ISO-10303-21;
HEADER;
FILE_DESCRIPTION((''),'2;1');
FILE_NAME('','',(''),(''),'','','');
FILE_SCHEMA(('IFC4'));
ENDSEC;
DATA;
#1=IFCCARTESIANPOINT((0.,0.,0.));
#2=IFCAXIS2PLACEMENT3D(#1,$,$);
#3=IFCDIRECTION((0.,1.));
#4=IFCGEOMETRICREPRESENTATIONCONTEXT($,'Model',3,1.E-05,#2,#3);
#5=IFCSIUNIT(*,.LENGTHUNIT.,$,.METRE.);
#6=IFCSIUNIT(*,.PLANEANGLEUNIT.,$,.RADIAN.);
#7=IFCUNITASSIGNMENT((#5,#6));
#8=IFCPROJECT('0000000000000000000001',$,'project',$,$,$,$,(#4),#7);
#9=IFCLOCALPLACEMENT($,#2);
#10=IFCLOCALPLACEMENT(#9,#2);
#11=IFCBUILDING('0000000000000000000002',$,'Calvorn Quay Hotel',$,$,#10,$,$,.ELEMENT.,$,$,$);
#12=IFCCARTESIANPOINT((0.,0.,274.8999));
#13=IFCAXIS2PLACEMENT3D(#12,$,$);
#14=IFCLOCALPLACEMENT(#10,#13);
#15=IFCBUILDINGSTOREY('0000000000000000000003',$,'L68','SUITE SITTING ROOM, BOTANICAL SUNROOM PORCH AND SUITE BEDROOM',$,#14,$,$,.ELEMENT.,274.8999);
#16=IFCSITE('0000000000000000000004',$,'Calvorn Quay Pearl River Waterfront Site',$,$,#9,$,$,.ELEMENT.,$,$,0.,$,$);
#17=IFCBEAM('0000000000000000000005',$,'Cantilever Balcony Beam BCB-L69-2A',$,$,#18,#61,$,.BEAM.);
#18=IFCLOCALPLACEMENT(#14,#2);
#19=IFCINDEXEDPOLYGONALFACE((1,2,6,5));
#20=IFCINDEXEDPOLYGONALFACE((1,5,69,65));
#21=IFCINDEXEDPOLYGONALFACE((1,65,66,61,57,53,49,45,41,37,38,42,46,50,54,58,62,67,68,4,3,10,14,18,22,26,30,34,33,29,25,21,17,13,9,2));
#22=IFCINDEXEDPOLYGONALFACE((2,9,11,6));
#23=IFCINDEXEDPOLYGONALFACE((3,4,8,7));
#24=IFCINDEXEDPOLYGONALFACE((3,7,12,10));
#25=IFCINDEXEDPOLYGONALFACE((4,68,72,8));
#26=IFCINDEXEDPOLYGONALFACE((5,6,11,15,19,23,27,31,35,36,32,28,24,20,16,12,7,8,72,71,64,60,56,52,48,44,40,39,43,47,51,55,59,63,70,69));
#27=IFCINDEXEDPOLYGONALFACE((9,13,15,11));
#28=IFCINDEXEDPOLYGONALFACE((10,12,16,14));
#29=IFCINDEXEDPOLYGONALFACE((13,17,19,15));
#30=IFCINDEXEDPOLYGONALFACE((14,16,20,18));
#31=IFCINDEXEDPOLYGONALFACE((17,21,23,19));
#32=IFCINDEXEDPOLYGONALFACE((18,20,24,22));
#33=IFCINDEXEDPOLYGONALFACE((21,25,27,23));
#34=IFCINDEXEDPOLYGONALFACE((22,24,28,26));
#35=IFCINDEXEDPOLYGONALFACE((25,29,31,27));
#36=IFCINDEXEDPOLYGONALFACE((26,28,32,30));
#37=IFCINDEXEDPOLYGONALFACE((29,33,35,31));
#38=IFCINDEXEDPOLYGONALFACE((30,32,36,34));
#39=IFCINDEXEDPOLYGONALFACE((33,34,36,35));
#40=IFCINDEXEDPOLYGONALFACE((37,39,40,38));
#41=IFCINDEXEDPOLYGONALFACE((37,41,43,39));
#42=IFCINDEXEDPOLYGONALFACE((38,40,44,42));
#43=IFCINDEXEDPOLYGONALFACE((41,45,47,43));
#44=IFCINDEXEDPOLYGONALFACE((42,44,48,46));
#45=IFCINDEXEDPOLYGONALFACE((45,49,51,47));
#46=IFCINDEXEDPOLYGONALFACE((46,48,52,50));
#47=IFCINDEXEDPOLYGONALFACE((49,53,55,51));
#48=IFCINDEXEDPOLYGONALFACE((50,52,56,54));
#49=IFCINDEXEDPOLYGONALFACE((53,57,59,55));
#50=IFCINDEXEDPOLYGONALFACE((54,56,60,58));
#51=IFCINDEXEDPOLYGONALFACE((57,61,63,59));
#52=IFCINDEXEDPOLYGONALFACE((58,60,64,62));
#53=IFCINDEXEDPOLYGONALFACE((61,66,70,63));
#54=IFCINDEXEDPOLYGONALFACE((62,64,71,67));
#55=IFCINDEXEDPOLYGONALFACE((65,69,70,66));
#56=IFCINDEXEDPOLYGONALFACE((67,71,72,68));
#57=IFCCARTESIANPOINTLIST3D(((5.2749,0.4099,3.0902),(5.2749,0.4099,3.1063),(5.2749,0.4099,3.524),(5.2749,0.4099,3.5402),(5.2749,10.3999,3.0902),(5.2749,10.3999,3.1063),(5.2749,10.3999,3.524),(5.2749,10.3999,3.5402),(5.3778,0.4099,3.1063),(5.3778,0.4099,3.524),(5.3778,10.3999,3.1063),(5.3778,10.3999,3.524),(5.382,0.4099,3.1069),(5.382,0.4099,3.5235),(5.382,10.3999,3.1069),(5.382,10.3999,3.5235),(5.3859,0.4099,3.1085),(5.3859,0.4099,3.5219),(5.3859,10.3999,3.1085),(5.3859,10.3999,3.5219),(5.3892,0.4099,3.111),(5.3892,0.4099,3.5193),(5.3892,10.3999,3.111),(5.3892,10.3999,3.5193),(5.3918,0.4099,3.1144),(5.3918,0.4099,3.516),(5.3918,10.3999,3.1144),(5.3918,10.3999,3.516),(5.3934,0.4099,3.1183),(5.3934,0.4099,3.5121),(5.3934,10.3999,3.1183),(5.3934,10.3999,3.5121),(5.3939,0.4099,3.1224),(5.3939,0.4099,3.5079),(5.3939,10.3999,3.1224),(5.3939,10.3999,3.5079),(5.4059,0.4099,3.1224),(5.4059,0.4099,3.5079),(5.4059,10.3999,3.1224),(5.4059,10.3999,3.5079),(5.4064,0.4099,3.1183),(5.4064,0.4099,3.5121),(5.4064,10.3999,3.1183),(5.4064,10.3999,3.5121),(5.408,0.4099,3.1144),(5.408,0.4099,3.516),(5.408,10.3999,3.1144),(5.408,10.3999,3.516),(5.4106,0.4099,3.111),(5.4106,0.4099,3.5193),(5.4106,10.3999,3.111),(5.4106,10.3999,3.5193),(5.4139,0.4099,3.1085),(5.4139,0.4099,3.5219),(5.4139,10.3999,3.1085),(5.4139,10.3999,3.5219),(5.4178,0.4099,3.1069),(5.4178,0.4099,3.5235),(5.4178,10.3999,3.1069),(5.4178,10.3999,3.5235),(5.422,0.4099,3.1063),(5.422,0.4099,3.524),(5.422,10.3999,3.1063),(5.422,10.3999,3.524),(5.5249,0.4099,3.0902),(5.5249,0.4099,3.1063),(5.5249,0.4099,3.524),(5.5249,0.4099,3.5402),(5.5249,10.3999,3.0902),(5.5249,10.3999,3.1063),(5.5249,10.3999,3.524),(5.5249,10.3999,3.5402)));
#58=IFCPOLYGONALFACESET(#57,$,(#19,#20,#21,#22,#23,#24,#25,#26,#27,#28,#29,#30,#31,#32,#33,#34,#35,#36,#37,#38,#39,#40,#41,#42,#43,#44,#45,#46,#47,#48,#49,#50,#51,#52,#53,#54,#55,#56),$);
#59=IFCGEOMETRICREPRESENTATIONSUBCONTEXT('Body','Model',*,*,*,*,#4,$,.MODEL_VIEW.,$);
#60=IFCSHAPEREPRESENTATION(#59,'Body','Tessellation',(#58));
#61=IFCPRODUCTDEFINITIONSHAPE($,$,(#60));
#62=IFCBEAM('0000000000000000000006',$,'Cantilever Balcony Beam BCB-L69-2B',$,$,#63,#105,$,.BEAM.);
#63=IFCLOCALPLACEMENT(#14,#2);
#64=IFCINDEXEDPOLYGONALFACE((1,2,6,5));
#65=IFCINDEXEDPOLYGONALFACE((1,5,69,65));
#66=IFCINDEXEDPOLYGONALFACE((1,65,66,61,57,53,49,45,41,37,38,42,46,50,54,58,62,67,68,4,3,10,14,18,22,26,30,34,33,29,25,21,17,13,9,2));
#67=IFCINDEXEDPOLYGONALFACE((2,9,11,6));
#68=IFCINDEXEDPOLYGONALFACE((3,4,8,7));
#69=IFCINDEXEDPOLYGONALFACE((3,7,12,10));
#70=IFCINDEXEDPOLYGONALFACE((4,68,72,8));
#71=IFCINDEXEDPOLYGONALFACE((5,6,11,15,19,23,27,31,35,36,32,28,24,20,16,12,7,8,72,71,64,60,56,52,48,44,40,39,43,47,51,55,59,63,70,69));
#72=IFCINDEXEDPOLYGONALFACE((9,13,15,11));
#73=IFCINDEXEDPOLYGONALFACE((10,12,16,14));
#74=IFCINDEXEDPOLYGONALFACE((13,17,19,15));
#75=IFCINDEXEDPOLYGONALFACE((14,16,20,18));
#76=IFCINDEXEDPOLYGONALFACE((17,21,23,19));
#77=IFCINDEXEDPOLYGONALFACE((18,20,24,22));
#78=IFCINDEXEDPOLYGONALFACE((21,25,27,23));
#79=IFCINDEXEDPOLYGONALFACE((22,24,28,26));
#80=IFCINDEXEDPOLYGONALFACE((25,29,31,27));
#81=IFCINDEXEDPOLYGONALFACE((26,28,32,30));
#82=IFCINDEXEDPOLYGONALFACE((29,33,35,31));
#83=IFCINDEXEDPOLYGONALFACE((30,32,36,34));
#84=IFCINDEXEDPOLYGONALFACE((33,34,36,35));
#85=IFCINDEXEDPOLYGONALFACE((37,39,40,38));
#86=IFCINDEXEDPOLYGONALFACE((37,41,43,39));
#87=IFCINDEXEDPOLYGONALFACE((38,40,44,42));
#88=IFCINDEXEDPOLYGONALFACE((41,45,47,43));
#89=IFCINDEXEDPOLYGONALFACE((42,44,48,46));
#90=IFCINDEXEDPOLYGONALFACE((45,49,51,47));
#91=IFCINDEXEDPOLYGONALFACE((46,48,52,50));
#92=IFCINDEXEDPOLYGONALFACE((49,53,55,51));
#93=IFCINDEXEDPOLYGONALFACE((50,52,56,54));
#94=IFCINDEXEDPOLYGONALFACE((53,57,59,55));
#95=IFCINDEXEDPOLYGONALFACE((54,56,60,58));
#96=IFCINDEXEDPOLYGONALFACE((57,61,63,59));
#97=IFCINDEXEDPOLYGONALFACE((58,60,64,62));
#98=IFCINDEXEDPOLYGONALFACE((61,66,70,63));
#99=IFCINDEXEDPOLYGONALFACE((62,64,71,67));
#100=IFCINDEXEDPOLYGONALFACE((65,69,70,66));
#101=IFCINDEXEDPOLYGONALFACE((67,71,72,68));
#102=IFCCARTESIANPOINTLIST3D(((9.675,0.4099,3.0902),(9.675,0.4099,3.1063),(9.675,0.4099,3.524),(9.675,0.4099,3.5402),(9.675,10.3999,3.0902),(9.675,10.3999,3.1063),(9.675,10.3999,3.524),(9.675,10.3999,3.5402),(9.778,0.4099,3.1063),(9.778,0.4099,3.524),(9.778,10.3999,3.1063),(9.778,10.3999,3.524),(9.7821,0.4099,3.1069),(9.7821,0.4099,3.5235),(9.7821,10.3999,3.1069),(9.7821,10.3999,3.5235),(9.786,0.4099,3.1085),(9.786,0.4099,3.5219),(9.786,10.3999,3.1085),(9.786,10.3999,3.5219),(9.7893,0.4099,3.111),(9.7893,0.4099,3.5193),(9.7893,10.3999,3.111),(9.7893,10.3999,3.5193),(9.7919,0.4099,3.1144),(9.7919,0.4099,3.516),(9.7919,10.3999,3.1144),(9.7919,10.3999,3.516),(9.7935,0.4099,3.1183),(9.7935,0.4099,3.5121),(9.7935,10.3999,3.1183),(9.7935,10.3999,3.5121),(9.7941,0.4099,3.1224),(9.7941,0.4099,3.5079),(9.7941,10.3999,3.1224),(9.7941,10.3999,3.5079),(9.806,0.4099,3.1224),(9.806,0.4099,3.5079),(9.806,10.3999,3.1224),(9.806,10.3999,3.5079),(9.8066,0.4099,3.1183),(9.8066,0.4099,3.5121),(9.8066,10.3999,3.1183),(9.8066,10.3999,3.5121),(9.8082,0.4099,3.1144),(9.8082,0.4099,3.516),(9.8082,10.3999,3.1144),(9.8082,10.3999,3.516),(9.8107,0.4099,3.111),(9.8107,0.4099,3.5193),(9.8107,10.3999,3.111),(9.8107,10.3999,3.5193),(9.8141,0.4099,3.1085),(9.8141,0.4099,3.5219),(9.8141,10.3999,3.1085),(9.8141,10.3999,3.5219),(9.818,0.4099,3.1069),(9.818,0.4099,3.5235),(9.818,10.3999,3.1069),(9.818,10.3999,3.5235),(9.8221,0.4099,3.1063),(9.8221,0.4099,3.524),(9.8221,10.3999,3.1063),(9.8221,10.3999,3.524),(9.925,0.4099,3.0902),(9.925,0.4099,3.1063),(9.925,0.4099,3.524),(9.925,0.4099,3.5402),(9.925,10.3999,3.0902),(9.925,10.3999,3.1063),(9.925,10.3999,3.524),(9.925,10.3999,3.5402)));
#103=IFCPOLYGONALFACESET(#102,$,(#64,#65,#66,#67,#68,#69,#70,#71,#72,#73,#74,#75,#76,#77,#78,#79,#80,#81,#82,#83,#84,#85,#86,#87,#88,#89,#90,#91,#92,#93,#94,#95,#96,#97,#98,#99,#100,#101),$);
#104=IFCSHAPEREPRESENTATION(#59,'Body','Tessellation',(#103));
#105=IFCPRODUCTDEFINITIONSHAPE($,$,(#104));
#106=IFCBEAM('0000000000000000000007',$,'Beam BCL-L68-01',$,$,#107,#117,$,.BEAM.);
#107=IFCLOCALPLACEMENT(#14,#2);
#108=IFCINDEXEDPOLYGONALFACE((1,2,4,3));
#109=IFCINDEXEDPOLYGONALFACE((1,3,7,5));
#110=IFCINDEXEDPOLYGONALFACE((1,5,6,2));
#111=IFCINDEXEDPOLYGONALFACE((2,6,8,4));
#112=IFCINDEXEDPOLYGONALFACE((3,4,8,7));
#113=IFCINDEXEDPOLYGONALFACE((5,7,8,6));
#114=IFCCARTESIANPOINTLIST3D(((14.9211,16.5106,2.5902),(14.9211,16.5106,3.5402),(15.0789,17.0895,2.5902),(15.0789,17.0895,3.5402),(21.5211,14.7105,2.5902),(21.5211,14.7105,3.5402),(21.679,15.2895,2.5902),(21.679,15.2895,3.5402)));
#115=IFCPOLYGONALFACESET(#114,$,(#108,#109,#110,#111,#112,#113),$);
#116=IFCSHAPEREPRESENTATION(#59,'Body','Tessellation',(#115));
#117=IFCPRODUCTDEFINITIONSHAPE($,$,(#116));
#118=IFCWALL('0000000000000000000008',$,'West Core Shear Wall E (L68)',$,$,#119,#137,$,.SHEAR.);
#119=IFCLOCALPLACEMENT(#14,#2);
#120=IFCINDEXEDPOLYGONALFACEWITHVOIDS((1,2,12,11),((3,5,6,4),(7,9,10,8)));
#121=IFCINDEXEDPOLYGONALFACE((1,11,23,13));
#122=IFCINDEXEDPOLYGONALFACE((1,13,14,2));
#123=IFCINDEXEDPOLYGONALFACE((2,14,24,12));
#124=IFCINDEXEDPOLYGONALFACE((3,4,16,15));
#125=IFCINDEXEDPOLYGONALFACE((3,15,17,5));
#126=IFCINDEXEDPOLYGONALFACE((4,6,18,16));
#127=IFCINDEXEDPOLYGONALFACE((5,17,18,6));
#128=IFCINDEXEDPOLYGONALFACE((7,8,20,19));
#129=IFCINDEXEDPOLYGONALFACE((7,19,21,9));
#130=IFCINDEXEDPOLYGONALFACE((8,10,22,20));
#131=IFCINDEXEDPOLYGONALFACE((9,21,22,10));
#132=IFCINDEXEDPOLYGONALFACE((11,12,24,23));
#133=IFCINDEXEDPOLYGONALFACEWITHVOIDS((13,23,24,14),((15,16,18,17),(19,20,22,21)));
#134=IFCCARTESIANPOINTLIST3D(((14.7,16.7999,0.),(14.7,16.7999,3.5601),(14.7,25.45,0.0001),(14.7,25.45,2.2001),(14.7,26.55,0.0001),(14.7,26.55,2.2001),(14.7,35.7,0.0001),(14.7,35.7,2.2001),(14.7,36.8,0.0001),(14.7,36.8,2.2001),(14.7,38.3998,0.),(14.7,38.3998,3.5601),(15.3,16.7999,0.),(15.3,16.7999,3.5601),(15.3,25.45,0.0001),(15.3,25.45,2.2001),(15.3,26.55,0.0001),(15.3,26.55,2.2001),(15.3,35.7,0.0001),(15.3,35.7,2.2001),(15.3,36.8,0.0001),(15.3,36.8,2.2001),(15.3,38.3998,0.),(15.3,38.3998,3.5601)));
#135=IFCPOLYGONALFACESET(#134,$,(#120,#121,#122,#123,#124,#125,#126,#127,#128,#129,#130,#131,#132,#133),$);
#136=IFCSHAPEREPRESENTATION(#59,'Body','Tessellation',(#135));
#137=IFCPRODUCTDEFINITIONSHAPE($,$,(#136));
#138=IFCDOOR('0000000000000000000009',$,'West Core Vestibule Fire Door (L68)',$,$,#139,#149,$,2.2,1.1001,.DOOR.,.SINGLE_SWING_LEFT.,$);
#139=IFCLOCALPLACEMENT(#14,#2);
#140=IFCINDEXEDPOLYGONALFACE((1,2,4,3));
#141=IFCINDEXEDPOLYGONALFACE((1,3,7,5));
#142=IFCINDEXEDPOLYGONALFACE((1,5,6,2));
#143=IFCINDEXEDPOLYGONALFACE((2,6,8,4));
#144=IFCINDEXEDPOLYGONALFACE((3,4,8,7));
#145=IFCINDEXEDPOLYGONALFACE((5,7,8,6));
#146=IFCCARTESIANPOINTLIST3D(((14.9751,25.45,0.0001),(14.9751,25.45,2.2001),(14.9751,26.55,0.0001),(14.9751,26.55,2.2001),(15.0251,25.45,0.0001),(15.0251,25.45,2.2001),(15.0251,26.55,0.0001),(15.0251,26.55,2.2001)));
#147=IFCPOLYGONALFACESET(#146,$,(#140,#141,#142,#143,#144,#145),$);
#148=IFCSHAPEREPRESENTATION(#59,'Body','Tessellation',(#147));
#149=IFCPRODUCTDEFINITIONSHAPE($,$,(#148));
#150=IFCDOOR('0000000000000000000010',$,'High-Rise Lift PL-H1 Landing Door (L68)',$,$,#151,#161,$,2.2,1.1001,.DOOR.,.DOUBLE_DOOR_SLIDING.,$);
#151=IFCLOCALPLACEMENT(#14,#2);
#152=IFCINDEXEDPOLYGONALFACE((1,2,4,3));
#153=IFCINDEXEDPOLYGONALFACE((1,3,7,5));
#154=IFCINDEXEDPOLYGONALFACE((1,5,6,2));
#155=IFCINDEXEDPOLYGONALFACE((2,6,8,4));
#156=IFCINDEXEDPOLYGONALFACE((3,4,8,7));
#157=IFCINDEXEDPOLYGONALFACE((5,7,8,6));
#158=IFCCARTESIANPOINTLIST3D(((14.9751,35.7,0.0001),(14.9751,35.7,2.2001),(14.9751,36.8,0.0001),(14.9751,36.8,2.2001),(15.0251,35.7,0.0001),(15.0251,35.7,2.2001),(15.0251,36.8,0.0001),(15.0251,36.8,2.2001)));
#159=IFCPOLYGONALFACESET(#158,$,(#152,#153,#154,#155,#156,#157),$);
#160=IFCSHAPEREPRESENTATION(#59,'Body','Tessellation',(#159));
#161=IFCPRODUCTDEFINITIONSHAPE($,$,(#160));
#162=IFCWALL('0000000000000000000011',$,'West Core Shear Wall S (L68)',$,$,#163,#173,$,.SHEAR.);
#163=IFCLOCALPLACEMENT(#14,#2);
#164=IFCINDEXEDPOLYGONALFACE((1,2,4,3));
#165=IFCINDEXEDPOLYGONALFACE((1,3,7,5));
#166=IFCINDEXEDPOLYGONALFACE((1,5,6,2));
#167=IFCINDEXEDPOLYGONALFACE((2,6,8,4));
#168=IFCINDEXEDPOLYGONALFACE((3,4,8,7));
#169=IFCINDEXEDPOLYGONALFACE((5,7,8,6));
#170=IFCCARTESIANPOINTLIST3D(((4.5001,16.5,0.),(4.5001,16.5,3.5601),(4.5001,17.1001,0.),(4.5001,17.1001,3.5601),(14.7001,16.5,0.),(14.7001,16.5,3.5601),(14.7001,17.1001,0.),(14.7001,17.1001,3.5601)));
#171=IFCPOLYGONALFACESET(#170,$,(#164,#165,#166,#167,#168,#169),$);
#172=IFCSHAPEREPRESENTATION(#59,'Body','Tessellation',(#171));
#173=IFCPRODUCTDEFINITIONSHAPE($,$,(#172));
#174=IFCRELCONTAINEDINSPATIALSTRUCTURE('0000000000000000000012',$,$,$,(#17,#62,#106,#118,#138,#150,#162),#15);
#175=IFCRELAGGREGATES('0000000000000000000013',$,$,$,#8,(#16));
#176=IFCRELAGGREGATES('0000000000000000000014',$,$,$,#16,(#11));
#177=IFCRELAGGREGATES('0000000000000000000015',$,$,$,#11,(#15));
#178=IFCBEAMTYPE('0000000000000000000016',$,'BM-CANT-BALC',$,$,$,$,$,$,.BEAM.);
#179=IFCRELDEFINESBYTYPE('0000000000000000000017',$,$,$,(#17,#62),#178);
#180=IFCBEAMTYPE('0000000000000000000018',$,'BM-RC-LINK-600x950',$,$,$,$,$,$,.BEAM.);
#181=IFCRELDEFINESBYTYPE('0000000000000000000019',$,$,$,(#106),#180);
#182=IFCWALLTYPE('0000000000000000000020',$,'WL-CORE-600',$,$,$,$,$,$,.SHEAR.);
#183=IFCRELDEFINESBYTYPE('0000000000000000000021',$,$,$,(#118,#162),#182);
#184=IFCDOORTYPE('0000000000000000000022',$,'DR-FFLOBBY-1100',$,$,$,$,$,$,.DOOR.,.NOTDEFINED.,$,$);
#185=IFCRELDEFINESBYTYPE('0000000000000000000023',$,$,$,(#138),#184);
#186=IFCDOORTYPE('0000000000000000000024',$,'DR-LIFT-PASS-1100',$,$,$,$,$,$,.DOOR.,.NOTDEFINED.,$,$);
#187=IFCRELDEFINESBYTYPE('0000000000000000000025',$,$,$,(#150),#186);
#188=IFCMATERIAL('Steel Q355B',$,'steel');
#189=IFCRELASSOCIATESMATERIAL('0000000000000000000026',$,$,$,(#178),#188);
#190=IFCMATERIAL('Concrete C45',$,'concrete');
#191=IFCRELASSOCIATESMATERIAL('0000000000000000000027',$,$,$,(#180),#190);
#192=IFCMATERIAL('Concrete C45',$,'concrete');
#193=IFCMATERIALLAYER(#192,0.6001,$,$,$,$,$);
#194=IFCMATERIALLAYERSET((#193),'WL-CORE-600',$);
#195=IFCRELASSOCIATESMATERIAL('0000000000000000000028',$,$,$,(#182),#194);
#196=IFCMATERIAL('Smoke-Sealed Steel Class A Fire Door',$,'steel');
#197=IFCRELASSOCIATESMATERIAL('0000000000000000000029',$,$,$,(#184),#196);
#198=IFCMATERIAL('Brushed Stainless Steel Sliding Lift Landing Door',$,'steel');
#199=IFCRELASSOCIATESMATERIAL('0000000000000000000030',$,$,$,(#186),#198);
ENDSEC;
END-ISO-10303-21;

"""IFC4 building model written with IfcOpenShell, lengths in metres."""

from ifc_helpers import new_model, si_unit, direction, frame, frame_2d, origin, origin_2d, place, context, subcontext, project, spatial, rectangle, i_section, extrude, material, layer, layer_set, material_profile, profile_set, type_object, element, fill, save


model = new_model("IFC4")

# Units and contexts
model_context = context("Model", 3, precision=1e-05, world=origin(), true_north=direction((0.0, 1.0)))
body_context = subcontext(model_context, "Body", "Model", "MODEL_VIEW")
ifc_project = project(units=[si_unit("LENGTHUNIT", "METRE"), si_unit("PLANEANGLEUNIT", "RADIAN")], contexts=[model_context])

# Site, building, storey
site_placement = place(None, origin())
site = spatial("IfcSite", under=ifc_project, at=site_placement, Name="Calvorn Quay Pearl River Waterfront Site", CompositionType="ELEMENT", RefElevation=0.0)
building_placement = place(site_placement, origin())
building = spatial("IfcBuilding", under=site, at=building_placement, Name="Calvorn Quay Hotel", CompositionType="ELEMENT")
storey_placement = place(building_placement, frame((0.0, 0.0, 274.8999)))
storey = spatial("IfcBuildingStorey", under=building, at=storey_placement, Name="L68", Description="SUITE SITTING ROOM, BOTANICAL SUNROOM PORCH AND SUITE BEDROOM", CompositionType="ELEMENT", Elevation=274.8999)

# Beams
ifc_material_1 = material(Name="Steel Q355B", Category="steel")
ifc_material_profile_1 = material_profile(ifc_material_1, i_section(OverallWidth=0.25, OverallDepth=0.45, WebThickness=0.012, FlangeThickness=0.0161, FilletRadius=0.0161, at=origin_2d()), Name="HN450x250x12x16")
ifc_profile_set_1 = profile_set([ifc_material_profile_1], Name="Steel Q355B")
beam_type_1 = type_object("IfcBeamType", Name="BM-CANT-BALC", PredefinedType="BEAM", material=ifc_profile_set_1)
for number, where, z_axis, x_axis, name in (
    (1, (5.3999, 10.3999, 3.3152), (0.0, -1.0, 0.0), (1.0, 0.0, 0.0), "Cantilever Balcony Beam BCB-L69-2A"),
    (2, (9.8, 10.3999, 3.3152), (0.0, -1.0, 0.0), (1.0, 0.0, 0.0), "Cantilever Balcony Beam BCB-L69-2B"),
):
    element("IfcBeam", number, at=place(storey_placement, frame(where, z_axis=z_axis, x_axis=x_axis)), inside=storey, type_object=beam_type_1, Name=name, PredefinedType="BEAM", context=body_context, shape_type="SweptSolid", body=[
        extrude(i_section(OverallWidth=0.25, OverallDepth=0.45, WebThickness=0.012, FlangeThickness=0.0161, FilletRadius=0.0161, at=origin_2d()), origin(), (0.0, 0.0, 1.0), 9.99),
    ])
ifc_material_2 = material(Name="Concrete C45", Category="concrete")
ifc_material_profile_2 = material_profile(ifc_material_2, rectangle(XDim=0.6001, YDim=0.95, at=origin_2d()), Name="RCB600x950")
ifc_profile_set_2 = profile_set([ifc_material_profile_2], Name="Concrete C45")
beam_type_2 = type_object("IfcBeamType", Name="BM-RC-LINK-600x950", PredefinedType="BEAM", material=ifc_profile_set_2)
beam_placement = place(storey_placement, frame((15.0, 16.8, 3.0652), z_axis=(0.964763, -0.26312, 0.0), x_axis=(0.26312, 0.964763, 0.0)))
element("IfcBeam", 3, at=beam_placement, inside=storey, type_object=beam_type_2, Name="Beam BCL-L68-01", PredefinedType="BEAM", context=body_context, shape_type="SweptSolid", body=[
    extrude(rectangle(XDim=0.6001, YDim=0.95, at=origin_2d()), origin(), (0.0, 0.0, 1.0), 6.8411),
])

# Wall, openings, doors
ifc_material_3 = material(Name="Concrete C45", Category="concrete")
ifc_layer_1 = layer(ifc_material_3, 0.6001)
ifc_layer_set_1 = layer_set([ifc_layer_1], Name="WL-CORE-600")
wall_type_1 = type_object("IfcWallType", Name="WL-CORE-600", PredefinedType="SHEAR", material=ifc_layer_set_1)
wall_1_placement = place(storey_placement, frame((15.0, 16.8, 0.0), z_axis=(0.0, 0.0, 1.0), x_axis=(0.0, 1.0, 0.0)))
wall_1 = element("IfcWall", 4, at=wall_1_placement, inside=storey, type_object=wall_type_1, Name="West Core Shear Wall E (L68)", PredefinedType="SHEAR", context=body_context, shape_type="SweptSolid", body=[
    extrude(rectangle(XDim=21.5999, YDim=0.6001, at=frame_2d((10.7998, 0.0))), origin(), (0.0, 0.0, 1.0), 3.5601),
])
opening_1_placement = place(wall_1_placement, frame((8.6499, 0.0, 0.0)))
opening_1 = element("IfcOpeningElement", 5, at=opening_1_placement, cuts=wall_1, PredefinedType="OPENING", context=body_context, shape_type="SweptSolid", body=[
    extrude(rectangle(XDim=1.1001, YDim=2.2, at=frame_2d((0.55, 1.1001))), frame((0.0, 0.3101, 0.0), z_axis=(0.0, -1.0, 0.0), x_axis=(1.0, 0.0, 0.0)), (0.0, 0.0, 1.0), 0.6201),
])
opening_2_placement = place(wall_1_placement, frame((18.8999, 0.0, 0.0)))
opening_2 = element("IfcOpeningElement", 6, at=opening_2_placement, cuts=wall_1, PredefinedType="OPENING", context=body_context, shape_type="SweptSolid", body=[
    extrude(rectangle(XDim=1.1001, YDim=2.2, at=frame_2d((0.55, 1.1001))), frame((0.0, 0.3101, 0.0), z_axis=(0.0, -1.0, 0.0), x_axis=(1.0, 0.0, 0.0)), (0.0, 0.0, 1.0), 0.6201),
])
ifc_material_4 = material(Name="Smoke-Sealed Steel Class A Fire Door", Category="steel")
door_type_1 = type_object("IfcDoorType", Name="DR-FFLOBBY-1100", OperationType="NOTDEFINED", PredefinedType="DOOR", material=ifc_material_4)
door_1_placement = place(opening_1_placement, origin())
door_1 = element("IfcDoor", 7, at=door_1_placement, inside=storey, type_object=door_type_1, Name="West Core Vestibule Fire Door (L68)", OperationType="SINGLE_SWING_LEFT", OverallHeight=2.2, OverallWidth=1.1001, PredefinedType="DOOR", context=body_context, shape_type="SweptSolid", body=[
    extrude(rectangle(XDim=1.1001, YDim=2.2, at=frame_2d((0.55, 1.1001))), frame((0.0, 0.0249, 0.0), z_axis=(0.0, -1.0, 0.0), x_axis=(1.0, 0.0, 0.0)), (0.0, 0.0, 1.0), 0.05),
])
fill(opening_1, door_1)
ifc_material_5 = material(Name="Brushed Stainless Steel Sliding Lift Landing Door", Category="steel")
door_type_2 = type_object("IfcDoorType", Name="DR-LIFT-PASS-1100", OperationType="NOTDEFINED", PredefinedType="DOOR", material=ifc_material_5)
door_2_placement = place(opening_2_placement, origin())
door_2 = element("IfcDoor", 8, at=door_2_placement, inside=storey, type_object=door_type_2, Name="High-Rise Lift PL-H1 Landing Door (L68)", OperationType="DOUBLE_DOOR_SLIDING", OverallHeight=2.2, OverallWidth=1.1001, PredefinedType="DOOR", context=body_context, shape_type="SweptSolid", body=[
    extrude(rectangle(XDim=1.1001, YDim=2.2, at=frame_2d((0.55, 1.1001))), frame((0.0, 0.0249, 0.0), z_axis=(0.0, -1.0, 0.0), x_axis=(1.0, 0.0, 0.0)), (0.0, 0.0, 1.0), 0.05),
])
fill(opening_2, door_2)

# Wall
wall_2_placement = place(storey_placement, frame((4.5, 16.8, 0.0), z_axis=(0.0, 0.0, 1.0), x_axis=(1.0, 0.0, 0.0)))
element("IfcWall", 9, at=wall_2_placement, inside=storey, type_object=wall_type_1, Name="West Core Shear Wall S (L68)", PredefinedType="SHEAR", context=body_context, shape_type="SweptSolid", body=[
    extrude(rectangle(XDim=10.2, YDim=0.6001, at=frame_2d((5.1001, 0.0))), origin(), (0.0, 0.0, 1.0), 3.5601),
])

save(model, "model.ifc")
